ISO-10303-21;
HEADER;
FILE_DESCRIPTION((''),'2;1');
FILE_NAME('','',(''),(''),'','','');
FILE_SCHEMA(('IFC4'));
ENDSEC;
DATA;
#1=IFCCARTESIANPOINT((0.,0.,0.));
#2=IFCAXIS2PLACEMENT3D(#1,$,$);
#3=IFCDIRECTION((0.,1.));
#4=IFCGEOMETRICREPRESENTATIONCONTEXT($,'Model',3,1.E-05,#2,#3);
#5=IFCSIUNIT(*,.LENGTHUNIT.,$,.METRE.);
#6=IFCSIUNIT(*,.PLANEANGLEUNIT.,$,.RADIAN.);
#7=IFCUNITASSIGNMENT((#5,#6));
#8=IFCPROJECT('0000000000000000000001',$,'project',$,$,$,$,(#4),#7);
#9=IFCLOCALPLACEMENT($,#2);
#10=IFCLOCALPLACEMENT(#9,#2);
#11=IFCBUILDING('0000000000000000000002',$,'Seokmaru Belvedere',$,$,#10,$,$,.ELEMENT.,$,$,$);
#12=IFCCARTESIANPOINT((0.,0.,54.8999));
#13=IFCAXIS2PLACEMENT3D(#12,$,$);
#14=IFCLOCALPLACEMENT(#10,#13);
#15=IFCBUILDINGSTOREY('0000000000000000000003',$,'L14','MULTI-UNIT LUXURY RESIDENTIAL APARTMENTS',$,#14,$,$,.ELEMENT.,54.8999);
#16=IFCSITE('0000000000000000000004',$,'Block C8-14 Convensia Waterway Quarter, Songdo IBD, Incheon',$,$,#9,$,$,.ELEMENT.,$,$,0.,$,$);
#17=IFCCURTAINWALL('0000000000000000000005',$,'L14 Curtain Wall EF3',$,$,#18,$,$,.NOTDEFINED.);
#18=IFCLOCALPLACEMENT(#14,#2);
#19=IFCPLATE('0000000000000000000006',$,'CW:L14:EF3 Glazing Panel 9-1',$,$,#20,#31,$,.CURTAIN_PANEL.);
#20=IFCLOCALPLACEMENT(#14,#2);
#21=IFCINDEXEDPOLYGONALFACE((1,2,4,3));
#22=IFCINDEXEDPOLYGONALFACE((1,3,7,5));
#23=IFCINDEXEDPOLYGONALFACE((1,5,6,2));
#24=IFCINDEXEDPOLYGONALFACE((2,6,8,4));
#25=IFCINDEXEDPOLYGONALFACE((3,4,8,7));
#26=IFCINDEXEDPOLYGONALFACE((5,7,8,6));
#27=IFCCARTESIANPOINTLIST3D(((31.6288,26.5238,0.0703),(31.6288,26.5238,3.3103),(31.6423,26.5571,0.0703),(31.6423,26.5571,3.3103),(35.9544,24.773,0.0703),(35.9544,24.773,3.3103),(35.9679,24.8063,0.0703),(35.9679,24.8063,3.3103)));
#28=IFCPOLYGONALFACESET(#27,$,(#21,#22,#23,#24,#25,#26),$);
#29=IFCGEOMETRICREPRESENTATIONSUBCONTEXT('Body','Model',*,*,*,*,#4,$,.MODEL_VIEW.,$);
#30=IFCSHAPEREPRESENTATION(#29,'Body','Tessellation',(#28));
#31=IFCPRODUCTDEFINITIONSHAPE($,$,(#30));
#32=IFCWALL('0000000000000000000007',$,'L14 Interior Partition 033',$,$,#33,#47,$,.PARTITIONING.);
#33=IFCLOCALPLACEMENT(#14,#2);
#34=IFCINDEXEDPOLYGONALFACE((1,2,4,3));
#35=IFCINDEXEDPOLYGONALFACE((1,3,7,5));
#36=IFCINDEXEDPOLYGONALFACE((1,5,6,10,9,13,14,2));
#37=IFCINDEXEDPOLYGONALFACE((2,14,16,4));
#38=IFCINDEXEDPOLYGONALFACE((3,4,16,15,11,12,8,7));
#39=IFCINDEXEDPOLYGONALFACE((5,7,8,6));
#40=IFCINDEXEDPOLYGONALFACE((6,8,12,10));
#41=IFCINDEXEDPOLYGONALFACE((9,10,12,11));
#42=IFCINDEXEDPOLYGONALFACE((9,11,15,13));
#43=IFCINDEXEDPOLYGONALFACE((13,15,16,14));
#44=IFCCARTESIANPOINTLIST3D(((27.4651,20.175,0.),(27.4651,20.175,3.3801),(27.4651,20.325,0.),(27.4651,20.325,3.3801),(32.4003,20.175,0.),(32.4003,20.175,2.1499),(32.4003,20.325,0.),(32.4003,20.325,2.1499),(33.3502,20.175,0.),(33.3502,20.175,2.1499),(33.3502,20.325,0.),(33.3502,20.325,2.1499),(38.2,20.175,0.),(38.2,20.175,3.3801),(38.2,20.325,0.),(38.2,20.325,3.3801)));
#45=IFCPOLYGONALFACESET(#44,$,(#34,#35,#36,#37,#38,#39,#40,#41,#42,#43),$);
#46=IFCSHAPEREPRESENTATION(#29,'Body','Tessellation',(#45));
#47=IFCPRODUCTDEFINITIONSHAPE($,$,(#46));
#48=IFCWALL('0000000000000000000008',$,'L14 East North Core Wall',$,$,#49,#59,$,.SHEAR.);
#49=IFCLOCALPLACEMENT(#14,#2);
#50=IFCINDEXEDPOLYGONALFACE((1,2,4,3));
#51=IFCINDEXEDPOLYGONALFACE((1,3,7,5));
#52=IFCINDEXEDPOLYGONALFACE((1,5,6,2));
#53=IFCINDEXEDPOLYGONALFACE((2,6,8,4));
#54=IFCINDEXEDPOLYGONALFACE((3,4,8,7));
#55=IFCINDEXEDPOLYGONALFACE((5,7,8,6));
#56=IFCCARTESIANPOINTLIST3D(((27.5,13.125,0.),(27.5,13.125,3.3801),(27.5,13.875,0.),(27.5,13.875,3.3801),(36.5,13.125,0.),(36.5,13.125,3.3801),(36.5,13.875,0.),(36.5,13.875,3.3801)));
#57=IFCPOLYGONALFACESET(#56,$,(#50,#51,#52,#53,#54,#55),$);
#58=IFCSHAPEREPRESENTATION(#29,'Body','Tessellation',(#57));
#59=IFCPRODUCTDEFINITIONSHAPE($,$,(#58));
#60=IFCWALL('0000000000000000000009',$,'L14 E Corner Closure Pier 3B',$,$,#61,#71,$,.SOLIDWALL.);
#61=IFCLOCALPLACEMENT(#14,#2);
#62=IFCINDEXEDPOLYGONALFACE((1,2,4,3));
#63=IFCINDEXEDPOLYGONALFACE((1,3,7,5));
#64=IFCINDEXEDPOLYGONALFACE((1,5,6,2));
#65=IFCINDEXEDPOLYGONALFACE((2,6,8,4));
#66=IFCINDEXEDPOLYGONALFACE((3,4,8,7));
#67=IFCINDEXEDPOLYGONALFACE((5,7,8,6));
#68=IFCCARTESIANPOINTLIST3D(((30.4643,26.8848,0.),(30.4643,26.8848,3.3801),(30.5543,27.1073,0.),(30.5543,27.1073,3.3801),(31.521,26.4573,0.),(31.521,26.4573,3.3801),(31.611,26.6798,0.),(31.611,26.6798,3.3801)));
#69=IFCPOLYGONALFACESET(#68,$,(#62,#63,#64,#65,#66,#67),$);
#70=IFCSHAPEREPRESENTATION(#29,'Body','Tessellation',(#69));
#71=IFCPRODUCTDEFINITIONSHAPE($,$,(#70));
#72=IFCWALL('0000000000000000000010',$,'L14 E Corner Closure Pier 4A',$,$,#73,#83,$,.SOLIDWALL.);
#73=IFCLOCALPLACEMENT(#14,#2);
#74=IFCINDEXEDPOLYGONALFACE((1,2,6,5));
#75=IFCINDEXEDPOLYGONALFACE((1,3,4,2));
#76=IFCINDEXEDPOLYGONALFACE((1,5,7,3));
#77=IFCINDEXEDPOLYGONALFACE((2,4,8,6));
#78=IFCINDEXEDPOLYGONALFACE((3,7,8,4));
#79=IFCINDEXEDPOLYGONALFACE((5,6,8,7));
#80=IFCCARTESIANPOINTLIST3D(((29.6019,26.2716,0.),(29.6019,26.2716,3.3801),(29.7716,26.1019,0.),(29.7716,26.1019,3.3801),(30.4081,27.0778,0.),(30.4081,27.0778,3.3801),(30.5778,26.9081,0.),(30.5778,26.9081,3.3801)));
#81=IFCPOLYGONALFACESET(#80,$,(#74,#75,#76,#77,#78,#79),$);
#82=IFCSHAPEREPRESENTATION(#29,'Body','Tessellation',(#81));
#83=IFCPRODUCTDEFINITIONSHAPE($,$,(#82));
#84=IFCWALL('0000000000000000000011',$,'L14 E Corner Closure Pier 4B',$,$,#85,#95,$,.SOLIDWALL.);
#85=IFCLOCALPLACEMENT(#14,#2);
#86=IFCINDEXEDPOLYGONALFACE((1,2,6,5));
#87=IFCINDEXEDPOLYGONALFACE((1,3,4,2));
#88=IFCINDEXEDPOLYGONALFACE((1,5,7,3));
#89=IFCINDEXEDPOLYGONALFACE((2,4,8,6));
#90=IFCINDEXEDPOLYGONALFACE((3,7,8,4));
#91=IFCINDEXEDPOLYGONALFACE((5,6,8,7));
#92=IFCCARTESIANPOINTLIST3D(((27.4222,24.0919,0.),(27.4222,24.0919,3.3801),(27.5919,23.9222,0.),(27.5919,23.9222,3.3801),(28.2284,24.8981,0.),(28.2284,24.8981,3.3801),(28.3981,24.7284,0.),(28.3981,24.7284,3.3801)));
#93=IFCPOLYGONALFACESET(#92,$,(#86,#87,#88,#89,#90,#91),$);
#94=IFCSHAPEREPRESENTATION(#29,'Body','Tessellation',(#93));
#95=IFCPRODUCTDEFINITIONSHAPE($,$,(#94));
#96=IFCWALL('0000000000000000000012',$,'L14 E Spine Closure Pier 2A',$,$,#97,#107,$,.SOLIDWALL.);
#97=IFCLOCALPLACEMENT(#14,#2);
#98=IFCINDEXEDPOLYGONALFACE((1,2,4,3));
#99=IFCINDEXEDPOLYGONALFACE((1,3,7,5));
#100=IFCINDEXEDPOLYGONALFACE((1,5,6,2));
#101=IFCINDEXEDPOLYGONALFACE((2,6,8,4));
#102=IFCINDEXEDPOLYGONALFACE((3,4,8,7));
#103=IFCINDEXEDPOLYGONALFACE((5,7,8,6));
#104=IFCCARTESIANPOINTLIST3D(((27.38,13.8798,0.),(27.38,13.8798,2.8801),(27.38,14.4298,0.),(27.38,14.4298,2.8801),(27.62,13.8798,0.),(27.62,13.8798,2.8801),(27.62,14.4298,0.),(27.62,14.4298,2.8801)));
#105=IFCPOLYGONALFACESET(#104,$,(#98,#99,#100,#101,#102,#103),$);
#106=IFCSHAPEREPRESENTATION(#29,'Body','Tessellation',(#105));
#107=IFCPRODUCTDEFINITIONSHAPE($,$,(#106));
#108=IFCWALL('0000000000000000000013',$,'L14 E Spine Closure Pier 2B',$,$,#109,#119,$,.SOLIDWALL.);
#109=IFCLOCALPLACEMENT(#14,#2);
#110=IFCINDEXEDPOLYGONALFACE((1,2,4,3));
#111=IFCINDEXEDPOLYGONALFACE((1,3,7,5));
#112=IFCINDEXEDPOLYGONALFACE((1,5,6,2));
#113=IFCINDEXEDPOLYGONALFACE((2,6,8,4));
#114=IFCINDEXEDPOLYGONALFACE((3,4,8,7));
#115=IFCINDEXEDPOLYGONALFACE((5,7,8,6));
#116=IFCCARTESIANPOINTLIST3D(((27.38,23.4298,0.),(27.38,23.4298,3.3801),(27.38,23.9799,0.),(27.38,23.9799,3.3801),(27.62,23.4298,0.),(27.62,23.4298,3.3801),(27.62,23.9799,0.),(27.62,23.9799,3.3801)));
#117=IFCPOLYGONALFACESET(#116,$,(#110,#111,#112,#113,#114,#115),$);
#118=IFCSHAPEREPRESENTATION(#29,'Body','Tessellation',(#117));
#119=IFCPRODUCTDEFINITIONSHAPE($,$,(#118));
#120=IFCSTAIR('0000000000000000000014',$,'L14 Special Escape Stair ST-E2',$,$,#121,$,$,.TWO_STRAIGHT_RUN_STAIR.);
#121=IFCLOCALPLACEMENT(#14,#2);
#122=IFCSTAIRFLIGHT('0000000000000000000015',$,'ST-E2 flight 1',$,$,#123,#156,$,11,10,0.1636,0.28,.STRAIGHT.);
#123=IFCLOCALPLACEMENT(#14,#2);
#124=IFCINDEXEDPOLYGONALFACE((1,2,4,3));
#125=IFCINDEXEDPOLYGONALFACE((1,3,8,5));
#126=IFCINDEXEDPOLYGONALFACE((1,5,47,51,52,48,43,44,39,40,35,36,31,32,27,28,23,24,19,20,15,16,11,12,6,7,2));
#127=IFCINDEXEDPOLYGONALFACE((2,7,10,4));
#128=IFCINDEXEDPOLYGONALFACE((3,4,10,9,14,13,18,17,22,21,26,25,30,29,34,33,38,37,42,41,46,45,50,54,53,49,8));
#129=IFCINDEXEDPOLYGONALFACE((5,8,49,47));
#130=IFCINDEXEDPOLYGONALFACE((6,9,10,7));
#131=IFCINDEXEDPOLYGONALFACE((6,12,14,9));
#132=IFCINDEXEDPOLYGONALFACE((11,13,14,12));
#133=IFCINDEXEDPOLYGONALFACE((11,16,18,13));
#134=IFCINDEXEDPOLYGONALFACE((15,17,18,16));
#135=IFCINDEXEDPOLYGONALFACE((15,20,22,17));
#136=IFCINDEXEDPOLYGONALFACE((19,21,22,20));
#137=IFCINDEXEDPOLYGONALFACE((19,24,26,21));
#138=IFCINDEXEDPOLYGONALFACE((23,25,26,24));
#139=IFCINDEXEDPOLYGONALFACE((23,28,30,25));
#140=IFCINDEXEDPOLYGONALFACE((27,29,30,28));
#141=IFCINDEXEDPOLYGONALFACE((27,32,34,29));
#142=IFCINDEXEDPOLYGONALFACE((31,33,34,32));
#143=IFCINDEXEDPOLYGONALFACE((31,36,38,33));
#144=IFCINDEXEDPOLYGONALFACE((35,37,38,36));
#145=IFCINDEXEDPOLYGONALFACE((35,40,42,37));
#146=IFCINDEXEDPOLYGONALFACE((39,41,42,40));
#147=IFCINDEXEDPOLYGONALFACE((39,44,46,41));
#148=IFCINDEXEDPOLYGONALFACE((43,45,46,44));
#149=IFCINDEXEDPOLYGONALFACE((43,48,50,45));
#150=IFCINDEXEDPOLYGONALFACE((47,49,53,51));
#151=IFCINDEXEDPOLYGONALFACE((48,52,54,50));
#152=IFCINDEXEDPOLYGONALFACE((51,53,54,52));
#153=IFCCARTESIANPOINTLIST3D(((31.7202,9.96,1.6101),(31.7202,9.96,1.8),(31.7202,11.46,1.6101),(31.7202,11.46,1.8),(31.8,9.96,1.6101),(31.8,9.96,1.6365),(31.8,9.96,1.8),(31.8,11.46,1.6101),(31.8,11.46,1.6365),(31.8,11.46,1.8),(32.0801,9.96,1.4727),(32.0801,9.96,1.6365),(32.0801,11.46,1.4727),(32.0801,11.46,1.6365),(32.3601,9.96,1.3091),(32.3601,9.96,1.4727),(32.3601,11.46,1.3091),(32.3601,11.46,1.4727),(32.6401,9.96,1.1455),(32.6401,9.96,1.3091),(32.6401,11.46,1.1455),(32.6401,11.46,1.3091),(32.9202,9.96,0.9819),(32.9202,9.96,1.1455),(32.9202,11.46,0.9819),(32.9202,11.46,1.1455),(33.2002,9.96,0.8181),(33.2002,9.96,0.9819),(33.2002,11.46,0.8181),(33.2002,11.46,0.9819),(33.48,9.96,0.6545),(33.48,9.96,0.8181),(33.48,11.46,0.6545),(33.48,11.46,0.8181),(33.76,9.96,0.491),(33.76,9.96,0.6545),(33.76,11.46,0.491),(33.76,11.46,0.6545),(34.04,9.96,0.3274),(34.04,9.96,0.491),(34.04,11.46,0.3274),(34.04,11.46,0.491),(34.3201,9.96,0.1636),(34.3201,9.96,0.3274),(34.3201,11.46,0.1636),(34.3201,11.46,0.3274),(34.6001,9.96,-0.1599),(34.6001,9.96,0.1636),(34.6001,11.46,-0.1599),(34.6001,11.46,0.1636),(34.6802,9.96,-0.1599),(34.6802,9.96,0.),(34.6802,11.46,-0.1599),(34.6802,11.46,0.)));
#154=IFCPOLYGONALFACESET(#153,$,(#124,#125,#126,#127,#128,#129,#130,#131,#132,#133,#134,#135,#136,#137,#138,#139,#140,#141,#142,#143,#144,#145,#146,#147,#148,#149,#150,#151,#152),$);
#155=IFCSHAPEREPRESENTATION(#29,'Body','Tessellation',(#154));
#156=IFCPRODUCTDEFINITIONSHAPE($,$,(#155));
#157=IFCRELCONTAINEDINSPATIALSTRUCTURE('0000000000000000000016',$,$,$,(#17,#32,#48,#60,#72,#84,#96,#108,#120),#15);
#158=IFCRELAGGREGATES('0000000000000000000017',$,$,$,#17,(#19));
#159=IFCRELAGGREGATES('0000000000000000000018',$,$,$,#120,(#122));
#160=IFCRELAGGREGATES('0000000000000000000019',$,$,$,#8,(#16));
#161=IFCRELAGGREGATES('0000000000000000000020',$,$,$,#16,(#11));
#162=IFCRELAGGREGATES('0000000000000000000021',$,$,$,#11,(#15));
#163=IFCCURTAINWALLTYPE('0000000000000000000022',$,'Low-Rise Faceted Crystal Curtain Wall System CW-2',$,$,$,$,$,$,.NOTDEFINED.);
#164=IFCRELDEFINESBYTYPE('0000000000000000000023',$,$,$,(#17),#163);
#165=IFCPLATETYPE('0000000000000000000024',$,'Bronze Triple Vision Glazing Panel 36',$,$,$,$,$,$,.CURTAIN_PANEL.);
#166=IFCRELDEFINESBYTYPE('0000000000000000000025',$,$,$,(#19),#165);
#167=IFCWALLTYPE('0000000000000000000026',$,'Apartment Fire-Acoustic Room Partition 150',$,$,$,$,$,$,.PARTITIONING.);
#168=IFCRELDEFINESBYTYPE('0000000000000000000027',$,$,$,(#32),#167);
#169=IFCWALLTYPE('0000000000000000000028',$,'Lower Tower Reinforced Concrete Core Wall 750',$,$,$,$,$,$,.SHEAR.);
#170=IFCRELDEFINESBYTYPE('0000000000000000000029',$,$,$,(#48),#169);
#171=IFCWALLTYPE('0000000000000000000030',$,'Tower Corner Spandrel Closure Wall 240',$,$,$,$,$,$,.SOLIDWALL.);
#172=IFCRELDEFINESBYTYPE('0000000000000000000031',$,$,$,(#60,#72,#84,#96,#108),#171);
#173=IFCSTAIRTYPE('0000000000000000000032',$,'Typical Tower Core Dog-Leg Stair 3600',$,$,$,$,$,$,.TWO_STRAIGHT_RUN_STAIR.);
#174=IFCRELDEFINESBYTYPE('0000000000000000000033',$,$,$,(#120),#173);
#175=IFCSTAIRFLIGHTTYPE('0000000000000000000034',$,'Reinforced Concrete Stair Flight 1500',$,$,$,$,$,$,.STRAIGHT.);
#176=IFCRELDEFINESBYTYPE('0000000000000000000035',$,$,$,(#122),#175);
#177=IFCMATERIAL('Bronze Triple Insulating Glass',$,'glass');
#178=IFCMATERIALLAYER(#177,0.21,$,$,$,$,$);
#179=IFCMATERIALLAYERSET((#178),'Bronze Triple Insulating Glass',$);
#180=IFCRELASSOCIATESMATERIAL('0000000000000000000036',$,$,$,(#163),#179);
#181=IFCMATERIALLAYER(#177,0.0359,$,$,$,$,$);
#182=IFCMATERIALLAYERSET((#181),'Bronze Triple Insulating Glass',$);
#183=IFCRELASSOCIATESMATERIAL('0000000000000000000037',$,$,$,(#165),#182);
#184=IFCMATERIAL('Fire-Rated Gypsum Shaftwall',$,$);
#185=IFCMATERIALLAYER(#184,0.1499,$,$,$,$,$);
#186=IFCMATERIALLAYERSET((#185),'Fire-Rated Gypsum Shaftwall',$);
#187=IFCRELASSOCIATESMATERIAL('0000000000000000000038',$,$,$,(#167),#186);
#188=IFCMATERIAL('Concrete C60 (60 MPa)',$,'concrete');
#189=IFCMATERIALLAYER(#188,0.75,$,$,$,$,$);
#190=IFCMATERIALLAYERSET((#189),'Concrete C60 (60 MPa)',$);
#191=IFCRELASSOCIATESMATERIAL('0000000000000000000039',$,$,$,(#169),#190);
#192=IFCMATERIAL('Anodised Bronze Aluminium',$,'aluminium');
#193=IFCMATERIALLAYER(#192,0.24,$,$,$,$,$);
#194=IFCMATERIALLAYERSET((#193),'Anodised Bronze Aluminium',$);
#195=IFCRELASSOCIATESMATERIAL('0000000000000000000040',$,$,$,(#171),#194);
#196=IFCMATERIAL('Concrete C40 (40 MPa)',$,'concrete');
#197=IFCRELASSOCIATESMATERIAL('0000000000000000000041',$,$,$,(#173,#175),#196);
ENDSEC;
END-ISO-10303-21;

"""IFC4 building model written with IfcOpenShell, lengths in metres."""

from ifc_helpers import new_model, si_unit, direction, frame, frame_2d, origin, origin_2d, place, context, subcontext, project, spatial, polyline, rectangle, outline, extrude, source, transform, mapped, material, layer, layer_set, type_object, element, aggregate, save


model = new_model("IFC4")

# Units and contexts
model_context = context("Model", 3, precision=1e-05, world=origin(), true_north=direction((0.0, 1.0)))
body_context = subcontext(model_context, "Body", "Model", "MODEL_VIEW")
ifc_project = project(units=[si_unit("LENGTHUNIT", "METRE"), si_unit("PLANEANGLEUNIT", "RADIAN")], contexts=[model_context])

# Site, building, storey
site_placement = place(None, origin())
site = spatial("IfcSite", under=ifc_project, at=site_placement, Name="Block C8-14 Convensia Waterway Quarter, Songdo IBD, Incheon", CompositionType="ELEMENT", RefElevation=0.0)
building_placement = place(site_placement, origin())
building = spatial("IfcBuilding", under=site, at=building_placement, Name="Seokmaru Belvedere", CompositionType="ELEMENT")
storey_placement = place(building_placement, frame((0.0, 0.0, 54.8999)))
storey = spatial("IfcBuildingStorey", under=building, at=storey_placement, Name="L14", Description="MULTI-UNIT LUXURY RESIDENTIAL APARTMENTS", CompositionType="ELEMENT", Elevation=54.8999)

# Curtain wall
ifc_material_1 = material(Name="Bronze Triple Insulating Glass", Category="glass")
ifc_layer_1 = layer(ifc_material_1, 0.21)
ifc_layer_set_1 = layer_set([ifc_layer_1], Name="Bronze Triple Insulating Glass")
curtain_wall_type = type_object("IfcCurtainWallType", Name="Low-Rise Faceted Crystal Curtain Wall System CW-2", PredefinedType="NOTDEFINED", material=ifc_layer_set_1)
curtain_wall_1_placement = place(storey_placement, origin())
curtain_wall_1 = element("IfcCurtainWall", 1, at=curtain_wall_1_placement, inside=storey, type_object=curtain_wall_type, Name="L14 Curtain Wall EF3", PredefinedType="NOTDEFINED")
ifc_material_2 = material(Name="Anodised Bronze Aluminium", Category="aluminium")

# Plate
ifc_layer_2 = layer(ifc_material_1, 0.0359)
ifc_layer_set_2 = layer_set([ifc_layer_2], Name="Bronze Triple Insulating Glass")
plate_type = type_object("IfcPlateType", Name="Bronze Triple Vision Glazing Panel 36", PredefinedType="CURTAIN_PANEL", material=ifc_layer_set_2)
shared_shape_1 = source(origin(), body_context, "Body", "SweptSolid", [
    extrude(rectangle(XDim=4.6665, YDim=0.0359, at=origin_2d()), origin(), (0.0, 0.0, 1.0), 3.24),
])
plate_1_placement = place(storey_placement, frame((33.7983, 25.665, 0.0703), z_axis=(0.0, 0.0, 1.0), x_axis=(-0.926947, 0.375192, 0.0)))
plate_1 = element("IfcPlate", 2, at=plate_1_placement, type_object=plate_type, Name="CW:L14:EF3 Glazing Panel 9-1", PredefinedType="CURTAIN_PANEL", context=body_context, shape_type="MappedRepresentation", body=[
    mapped(shared_shape_1, transform((0.0, 0.0, 0.0), scale=1.0)),
])
aggregate(curtain_wall_1, [plate_1])

# Wall, opening
ifc_material_3 = material(Name="Fire-Rated Gypsum Shaftwall")
ifc_layer_3 = layer(ifc_material_3, 0.1499)
ifc_layer_set_3 = layer_set([ifc_layer_3], Name="Fire-Rated Gypsum Shaftwall")
wall_type_1 = type_object("IfcWallType", Name="Apartment Fire-Acoustic Room Partition 150", PredefinedType="PARTITIONING", material=ifc_layer_set_3)
wall_1_placement = place(storey_placement, frame((27.4651, 20.25, 0.0), z_axis=(0.0, 0.0, 1.0), x_axis=(1.0, 0.0, 0.0)))
wall_1 = element("IfcWall", 3, at=wall_1_placement, inside=storey, type_object=wall_type_1, Name="L14 Interior Partition 033", PredefinedType="PARTITIONING", context=body_context, shape_type="SweptSolid", body=[
    extrude(rectangle(XDim=10.7349, YDim=0.1499, at=frame_2d((5.3674, 0.0))), origin(), (0.0, 0.0, 1.0), 3.3801),
])
opening_placement = place(wall_1_placement, frame((4.9351, 0.0, 0.0)))
element("IfcOpeningElement", 4, at=opening_placement, cuts=wall_1, PredefinedType="OPENING", context=body_context, shape_type="SweptSolid", body=[
    extrude(rectangle(XDim=0.95, YDim=2.1499, at=frame_2d((0.4751, 1.075))), frame((0.0, 0.085, 0.0), z_axis=(0.0, -1.0, 0.0), x_axis=(1.0, 0.0, 0.0)), (0.0, 0.0, 1.0), 0.1699),
])

# Walls
ifc_material_4 = material(Name="Concrete C60 (60 MPa)", Category="concrete")
ifc_layer_4 = layer(ifc_material_4, 0.75)
ifc_layer_set_4 = layer_set([ifc_layer_4], Name="Concrete C60 (60 MPa)")
wall_type_2 = type_object("IfcWallType", Name="Lower Tower Reinforced Concrete Core Wall 750", PredefinedType="SHEAR", material=ifc_layer_set_4)
wall_2_placement = place(storey_placement, frame((27.5, 13.5, 0.0), z_axis=(0.0, 0.0, 1.0), x_axis=(1.0, 0.0, 0.0)))
element("IfcWall", 5, at=wall_2_placement, inside=storey, type_object=wall_type_2, Name="L14 East North Core Wall", PredefinedType="SHEAR", context=body_context, shape_type="SweptSolid", body=[
    extrude(rectangle(XDim=9.0, YDim=0.75, at=frame_2d((4.5, 0.0))), origin(), (0.0, 0.0, 1.0), 3.3801),
])
ifc_layer_5 = layer(ifc_material_2, 0.24)
ifc_layer_set_5 = layer_set([ifc_layer_5], Name="Anodised Bronze Aluminium")
wall_type_3 = type_object("IfcWallType", Name="Tower Corner Spandrel Closure Wall 240", PredefinedType="SOLIDWALL", material=ifc_layer_set_5)
wall_3_placement = place(storey_placement, frame((31.5659, 26.5686, 0.0), z_axis=(0.0, 0.0, 1.0), x_axis=(-0.927007, 0.375044, 0.0)))
element("IfcWall", 6, at=wall_3_placement, inside=storey, type_object=wall_type_3, Name="L14 E Corner Closure Pier 3B", PredefinedType="SOLIDWALL", context=body_context, shape_type="SweptSolid", body=[
    extrude(rectangle(XDim=1.1399, YDim=0.24, at=frame_2d((0.5698, 0.0))), origin(), (0.0, 0.0, 1.0), 3.3801),
])
for number, where, z_axis, x_axis, name in (
    (7, (30.4929, 26.9929, 0.0), (0.0, 0.0, 1.0), (-0.707107, -0.707107, 0.0), "L14 E Corner Closure Pier 4A"),
    (8, (28.3132, 24.8132, 0.0), (0.0, 0.0, 1.0), (-0.707107, -0.707107, 0.0), "L14 E Corner Closure Pier 4B"),
):
    element("IfcWall", number, at=place(storey_placement, frame(where, z_axis=z_axis, x_axis=x_axis)), inside=storey, type_object=wall_type_3, Name=name, PredefinedType="SOLIDWALL", context=body_context, shape_type="SweptSolid", body=[
        extrude(rectangle(XDim=1.1401, YDim=0.24, at=frame_2d((0.5701, 0.0))), origin(), (0.0, 0.0, 1.0), 3.3801),
    ])
wall_4_placement = place(storey_placement, frame((27.5, 13.8799, 0.0), z_axis=(0.0, 0.0, 1.0), x_axis=(0.0, 1.0, 0.0)))
element("IfcWall", 9, at=wall_4_placement, inside=storey, type_object=wall_type_3, Name="L14 E Spine Closure Pier 2A", PredefinedType="SOLIDWALL", context=body_context, shape_type="SweptSolid", body=[
    extrude(rectangle(XDim=0.55, YDim=0.24, at=frame_2d((0.2749, 0.0))), origin(), (0.0, 0.0, 1.0), 2.8801),
])
wall_5_placement = place(storey_placement, frame((27.5, 23.4299, 0.0), z_axis=(0.0, 0.0, 1.0), x_axis=(0.0, 1.0, 0.0)))
element("IfcWall", 10, at=wall_5_placement, inside=storey, type_object=wall_type_3, Name="L14 E Spine Closure Pier 2B", PredefinedType="SOLIDWALL", context=body_context, shape_type="SweptSolid", body=[
    extrude(rectangle(XDim=0.55, YDim=0.24, at=frame_2d((0.2749, 0.0))), origin(), (0.0, 0.0, 1.0), 3.3801),
])

# Stair, stair flight
ifc_material_5 = material(Name="Concrete C40 (40 MPa)", Category="concrete")
stair_type = type_object("IfcStairType", Name="Typical Tower Core Dog-Leg Stair 3600", PredefinedType="TWO_STRAIGHT_RUN_STAIR", material=ifc_material_5)
stair_placement = place(storey_placement, origin())
stair = element("IfcStair", 11, at=stair_placement, inside=storey, type_object=stair_type, Name="L14 Special Escape Stair ST-E2", PredefinedType="TWO_STRAIGHT_RUN_STAIR")
stair_flight_type = type_object("IfcStairFlightType", Name="Reinforced Concrete Stair Flight 1500", PredefinedType="STRAIGHT", material=ifc_material_5)
stair_flight_1_placement = place(storey_placement, frame((34.6001, 10.71, 0.0), z_axis=(0.0, 0.0, 1.0), x_axis=(-1.0, 0.0, 0.0)))
stair_flight_1 = element("IfcStairFlight", 12, at=stair_flight_1_placement, type_object=stair_flight_type, Name="ST-E2 flight 1", NumberOfRisers=11, NumberOfTreads=10, PredefinedType="STRAIGHT", RiserHeight=0.1636, TreadLength=0.28, context=body_context, shape_type="SweptSolid", body=[
    extrude(outline(polyline([(-0.0801, 0.0), (0.0, 0.1636), (0.28, 0.1636), (0.28, 0.3274), (0.5601, 0.3274), (0.5601, 0.491), (0.8401, 0.491), (0.8401, 0.6545), (1.1201, 0.6545), (1.1201, 0.8181), (1.3999, 0.8181), (1.3999, 0.9819), (1.6799, 0.9819), (1.6799, 1.1455), (1.96, 1.1455), (1.96, 1.3091), (2.24, 1.3091), (2.24, 1.4727), (2.52, 1.4727), (2.52, 1.6365), (2.8, 1.6365), (2.8, 1.8), (2.8799, 1.8), (2.8799, 1.6101), (2.8, 1.6101), (0.0, -0.1599), (-0.0801, -0.1599), (-0.0801, 0.0)])), frame((0.0, 0.75, 0.0), z_axis=(0.0, -1.0, 0.0), x_axis=(1.0, 0.0, 0.0)), (0.0, 0.0, 1.0), 1.5),
])
aggregate(stair, [stair_flight_1])

save(model, "model.ifc")
